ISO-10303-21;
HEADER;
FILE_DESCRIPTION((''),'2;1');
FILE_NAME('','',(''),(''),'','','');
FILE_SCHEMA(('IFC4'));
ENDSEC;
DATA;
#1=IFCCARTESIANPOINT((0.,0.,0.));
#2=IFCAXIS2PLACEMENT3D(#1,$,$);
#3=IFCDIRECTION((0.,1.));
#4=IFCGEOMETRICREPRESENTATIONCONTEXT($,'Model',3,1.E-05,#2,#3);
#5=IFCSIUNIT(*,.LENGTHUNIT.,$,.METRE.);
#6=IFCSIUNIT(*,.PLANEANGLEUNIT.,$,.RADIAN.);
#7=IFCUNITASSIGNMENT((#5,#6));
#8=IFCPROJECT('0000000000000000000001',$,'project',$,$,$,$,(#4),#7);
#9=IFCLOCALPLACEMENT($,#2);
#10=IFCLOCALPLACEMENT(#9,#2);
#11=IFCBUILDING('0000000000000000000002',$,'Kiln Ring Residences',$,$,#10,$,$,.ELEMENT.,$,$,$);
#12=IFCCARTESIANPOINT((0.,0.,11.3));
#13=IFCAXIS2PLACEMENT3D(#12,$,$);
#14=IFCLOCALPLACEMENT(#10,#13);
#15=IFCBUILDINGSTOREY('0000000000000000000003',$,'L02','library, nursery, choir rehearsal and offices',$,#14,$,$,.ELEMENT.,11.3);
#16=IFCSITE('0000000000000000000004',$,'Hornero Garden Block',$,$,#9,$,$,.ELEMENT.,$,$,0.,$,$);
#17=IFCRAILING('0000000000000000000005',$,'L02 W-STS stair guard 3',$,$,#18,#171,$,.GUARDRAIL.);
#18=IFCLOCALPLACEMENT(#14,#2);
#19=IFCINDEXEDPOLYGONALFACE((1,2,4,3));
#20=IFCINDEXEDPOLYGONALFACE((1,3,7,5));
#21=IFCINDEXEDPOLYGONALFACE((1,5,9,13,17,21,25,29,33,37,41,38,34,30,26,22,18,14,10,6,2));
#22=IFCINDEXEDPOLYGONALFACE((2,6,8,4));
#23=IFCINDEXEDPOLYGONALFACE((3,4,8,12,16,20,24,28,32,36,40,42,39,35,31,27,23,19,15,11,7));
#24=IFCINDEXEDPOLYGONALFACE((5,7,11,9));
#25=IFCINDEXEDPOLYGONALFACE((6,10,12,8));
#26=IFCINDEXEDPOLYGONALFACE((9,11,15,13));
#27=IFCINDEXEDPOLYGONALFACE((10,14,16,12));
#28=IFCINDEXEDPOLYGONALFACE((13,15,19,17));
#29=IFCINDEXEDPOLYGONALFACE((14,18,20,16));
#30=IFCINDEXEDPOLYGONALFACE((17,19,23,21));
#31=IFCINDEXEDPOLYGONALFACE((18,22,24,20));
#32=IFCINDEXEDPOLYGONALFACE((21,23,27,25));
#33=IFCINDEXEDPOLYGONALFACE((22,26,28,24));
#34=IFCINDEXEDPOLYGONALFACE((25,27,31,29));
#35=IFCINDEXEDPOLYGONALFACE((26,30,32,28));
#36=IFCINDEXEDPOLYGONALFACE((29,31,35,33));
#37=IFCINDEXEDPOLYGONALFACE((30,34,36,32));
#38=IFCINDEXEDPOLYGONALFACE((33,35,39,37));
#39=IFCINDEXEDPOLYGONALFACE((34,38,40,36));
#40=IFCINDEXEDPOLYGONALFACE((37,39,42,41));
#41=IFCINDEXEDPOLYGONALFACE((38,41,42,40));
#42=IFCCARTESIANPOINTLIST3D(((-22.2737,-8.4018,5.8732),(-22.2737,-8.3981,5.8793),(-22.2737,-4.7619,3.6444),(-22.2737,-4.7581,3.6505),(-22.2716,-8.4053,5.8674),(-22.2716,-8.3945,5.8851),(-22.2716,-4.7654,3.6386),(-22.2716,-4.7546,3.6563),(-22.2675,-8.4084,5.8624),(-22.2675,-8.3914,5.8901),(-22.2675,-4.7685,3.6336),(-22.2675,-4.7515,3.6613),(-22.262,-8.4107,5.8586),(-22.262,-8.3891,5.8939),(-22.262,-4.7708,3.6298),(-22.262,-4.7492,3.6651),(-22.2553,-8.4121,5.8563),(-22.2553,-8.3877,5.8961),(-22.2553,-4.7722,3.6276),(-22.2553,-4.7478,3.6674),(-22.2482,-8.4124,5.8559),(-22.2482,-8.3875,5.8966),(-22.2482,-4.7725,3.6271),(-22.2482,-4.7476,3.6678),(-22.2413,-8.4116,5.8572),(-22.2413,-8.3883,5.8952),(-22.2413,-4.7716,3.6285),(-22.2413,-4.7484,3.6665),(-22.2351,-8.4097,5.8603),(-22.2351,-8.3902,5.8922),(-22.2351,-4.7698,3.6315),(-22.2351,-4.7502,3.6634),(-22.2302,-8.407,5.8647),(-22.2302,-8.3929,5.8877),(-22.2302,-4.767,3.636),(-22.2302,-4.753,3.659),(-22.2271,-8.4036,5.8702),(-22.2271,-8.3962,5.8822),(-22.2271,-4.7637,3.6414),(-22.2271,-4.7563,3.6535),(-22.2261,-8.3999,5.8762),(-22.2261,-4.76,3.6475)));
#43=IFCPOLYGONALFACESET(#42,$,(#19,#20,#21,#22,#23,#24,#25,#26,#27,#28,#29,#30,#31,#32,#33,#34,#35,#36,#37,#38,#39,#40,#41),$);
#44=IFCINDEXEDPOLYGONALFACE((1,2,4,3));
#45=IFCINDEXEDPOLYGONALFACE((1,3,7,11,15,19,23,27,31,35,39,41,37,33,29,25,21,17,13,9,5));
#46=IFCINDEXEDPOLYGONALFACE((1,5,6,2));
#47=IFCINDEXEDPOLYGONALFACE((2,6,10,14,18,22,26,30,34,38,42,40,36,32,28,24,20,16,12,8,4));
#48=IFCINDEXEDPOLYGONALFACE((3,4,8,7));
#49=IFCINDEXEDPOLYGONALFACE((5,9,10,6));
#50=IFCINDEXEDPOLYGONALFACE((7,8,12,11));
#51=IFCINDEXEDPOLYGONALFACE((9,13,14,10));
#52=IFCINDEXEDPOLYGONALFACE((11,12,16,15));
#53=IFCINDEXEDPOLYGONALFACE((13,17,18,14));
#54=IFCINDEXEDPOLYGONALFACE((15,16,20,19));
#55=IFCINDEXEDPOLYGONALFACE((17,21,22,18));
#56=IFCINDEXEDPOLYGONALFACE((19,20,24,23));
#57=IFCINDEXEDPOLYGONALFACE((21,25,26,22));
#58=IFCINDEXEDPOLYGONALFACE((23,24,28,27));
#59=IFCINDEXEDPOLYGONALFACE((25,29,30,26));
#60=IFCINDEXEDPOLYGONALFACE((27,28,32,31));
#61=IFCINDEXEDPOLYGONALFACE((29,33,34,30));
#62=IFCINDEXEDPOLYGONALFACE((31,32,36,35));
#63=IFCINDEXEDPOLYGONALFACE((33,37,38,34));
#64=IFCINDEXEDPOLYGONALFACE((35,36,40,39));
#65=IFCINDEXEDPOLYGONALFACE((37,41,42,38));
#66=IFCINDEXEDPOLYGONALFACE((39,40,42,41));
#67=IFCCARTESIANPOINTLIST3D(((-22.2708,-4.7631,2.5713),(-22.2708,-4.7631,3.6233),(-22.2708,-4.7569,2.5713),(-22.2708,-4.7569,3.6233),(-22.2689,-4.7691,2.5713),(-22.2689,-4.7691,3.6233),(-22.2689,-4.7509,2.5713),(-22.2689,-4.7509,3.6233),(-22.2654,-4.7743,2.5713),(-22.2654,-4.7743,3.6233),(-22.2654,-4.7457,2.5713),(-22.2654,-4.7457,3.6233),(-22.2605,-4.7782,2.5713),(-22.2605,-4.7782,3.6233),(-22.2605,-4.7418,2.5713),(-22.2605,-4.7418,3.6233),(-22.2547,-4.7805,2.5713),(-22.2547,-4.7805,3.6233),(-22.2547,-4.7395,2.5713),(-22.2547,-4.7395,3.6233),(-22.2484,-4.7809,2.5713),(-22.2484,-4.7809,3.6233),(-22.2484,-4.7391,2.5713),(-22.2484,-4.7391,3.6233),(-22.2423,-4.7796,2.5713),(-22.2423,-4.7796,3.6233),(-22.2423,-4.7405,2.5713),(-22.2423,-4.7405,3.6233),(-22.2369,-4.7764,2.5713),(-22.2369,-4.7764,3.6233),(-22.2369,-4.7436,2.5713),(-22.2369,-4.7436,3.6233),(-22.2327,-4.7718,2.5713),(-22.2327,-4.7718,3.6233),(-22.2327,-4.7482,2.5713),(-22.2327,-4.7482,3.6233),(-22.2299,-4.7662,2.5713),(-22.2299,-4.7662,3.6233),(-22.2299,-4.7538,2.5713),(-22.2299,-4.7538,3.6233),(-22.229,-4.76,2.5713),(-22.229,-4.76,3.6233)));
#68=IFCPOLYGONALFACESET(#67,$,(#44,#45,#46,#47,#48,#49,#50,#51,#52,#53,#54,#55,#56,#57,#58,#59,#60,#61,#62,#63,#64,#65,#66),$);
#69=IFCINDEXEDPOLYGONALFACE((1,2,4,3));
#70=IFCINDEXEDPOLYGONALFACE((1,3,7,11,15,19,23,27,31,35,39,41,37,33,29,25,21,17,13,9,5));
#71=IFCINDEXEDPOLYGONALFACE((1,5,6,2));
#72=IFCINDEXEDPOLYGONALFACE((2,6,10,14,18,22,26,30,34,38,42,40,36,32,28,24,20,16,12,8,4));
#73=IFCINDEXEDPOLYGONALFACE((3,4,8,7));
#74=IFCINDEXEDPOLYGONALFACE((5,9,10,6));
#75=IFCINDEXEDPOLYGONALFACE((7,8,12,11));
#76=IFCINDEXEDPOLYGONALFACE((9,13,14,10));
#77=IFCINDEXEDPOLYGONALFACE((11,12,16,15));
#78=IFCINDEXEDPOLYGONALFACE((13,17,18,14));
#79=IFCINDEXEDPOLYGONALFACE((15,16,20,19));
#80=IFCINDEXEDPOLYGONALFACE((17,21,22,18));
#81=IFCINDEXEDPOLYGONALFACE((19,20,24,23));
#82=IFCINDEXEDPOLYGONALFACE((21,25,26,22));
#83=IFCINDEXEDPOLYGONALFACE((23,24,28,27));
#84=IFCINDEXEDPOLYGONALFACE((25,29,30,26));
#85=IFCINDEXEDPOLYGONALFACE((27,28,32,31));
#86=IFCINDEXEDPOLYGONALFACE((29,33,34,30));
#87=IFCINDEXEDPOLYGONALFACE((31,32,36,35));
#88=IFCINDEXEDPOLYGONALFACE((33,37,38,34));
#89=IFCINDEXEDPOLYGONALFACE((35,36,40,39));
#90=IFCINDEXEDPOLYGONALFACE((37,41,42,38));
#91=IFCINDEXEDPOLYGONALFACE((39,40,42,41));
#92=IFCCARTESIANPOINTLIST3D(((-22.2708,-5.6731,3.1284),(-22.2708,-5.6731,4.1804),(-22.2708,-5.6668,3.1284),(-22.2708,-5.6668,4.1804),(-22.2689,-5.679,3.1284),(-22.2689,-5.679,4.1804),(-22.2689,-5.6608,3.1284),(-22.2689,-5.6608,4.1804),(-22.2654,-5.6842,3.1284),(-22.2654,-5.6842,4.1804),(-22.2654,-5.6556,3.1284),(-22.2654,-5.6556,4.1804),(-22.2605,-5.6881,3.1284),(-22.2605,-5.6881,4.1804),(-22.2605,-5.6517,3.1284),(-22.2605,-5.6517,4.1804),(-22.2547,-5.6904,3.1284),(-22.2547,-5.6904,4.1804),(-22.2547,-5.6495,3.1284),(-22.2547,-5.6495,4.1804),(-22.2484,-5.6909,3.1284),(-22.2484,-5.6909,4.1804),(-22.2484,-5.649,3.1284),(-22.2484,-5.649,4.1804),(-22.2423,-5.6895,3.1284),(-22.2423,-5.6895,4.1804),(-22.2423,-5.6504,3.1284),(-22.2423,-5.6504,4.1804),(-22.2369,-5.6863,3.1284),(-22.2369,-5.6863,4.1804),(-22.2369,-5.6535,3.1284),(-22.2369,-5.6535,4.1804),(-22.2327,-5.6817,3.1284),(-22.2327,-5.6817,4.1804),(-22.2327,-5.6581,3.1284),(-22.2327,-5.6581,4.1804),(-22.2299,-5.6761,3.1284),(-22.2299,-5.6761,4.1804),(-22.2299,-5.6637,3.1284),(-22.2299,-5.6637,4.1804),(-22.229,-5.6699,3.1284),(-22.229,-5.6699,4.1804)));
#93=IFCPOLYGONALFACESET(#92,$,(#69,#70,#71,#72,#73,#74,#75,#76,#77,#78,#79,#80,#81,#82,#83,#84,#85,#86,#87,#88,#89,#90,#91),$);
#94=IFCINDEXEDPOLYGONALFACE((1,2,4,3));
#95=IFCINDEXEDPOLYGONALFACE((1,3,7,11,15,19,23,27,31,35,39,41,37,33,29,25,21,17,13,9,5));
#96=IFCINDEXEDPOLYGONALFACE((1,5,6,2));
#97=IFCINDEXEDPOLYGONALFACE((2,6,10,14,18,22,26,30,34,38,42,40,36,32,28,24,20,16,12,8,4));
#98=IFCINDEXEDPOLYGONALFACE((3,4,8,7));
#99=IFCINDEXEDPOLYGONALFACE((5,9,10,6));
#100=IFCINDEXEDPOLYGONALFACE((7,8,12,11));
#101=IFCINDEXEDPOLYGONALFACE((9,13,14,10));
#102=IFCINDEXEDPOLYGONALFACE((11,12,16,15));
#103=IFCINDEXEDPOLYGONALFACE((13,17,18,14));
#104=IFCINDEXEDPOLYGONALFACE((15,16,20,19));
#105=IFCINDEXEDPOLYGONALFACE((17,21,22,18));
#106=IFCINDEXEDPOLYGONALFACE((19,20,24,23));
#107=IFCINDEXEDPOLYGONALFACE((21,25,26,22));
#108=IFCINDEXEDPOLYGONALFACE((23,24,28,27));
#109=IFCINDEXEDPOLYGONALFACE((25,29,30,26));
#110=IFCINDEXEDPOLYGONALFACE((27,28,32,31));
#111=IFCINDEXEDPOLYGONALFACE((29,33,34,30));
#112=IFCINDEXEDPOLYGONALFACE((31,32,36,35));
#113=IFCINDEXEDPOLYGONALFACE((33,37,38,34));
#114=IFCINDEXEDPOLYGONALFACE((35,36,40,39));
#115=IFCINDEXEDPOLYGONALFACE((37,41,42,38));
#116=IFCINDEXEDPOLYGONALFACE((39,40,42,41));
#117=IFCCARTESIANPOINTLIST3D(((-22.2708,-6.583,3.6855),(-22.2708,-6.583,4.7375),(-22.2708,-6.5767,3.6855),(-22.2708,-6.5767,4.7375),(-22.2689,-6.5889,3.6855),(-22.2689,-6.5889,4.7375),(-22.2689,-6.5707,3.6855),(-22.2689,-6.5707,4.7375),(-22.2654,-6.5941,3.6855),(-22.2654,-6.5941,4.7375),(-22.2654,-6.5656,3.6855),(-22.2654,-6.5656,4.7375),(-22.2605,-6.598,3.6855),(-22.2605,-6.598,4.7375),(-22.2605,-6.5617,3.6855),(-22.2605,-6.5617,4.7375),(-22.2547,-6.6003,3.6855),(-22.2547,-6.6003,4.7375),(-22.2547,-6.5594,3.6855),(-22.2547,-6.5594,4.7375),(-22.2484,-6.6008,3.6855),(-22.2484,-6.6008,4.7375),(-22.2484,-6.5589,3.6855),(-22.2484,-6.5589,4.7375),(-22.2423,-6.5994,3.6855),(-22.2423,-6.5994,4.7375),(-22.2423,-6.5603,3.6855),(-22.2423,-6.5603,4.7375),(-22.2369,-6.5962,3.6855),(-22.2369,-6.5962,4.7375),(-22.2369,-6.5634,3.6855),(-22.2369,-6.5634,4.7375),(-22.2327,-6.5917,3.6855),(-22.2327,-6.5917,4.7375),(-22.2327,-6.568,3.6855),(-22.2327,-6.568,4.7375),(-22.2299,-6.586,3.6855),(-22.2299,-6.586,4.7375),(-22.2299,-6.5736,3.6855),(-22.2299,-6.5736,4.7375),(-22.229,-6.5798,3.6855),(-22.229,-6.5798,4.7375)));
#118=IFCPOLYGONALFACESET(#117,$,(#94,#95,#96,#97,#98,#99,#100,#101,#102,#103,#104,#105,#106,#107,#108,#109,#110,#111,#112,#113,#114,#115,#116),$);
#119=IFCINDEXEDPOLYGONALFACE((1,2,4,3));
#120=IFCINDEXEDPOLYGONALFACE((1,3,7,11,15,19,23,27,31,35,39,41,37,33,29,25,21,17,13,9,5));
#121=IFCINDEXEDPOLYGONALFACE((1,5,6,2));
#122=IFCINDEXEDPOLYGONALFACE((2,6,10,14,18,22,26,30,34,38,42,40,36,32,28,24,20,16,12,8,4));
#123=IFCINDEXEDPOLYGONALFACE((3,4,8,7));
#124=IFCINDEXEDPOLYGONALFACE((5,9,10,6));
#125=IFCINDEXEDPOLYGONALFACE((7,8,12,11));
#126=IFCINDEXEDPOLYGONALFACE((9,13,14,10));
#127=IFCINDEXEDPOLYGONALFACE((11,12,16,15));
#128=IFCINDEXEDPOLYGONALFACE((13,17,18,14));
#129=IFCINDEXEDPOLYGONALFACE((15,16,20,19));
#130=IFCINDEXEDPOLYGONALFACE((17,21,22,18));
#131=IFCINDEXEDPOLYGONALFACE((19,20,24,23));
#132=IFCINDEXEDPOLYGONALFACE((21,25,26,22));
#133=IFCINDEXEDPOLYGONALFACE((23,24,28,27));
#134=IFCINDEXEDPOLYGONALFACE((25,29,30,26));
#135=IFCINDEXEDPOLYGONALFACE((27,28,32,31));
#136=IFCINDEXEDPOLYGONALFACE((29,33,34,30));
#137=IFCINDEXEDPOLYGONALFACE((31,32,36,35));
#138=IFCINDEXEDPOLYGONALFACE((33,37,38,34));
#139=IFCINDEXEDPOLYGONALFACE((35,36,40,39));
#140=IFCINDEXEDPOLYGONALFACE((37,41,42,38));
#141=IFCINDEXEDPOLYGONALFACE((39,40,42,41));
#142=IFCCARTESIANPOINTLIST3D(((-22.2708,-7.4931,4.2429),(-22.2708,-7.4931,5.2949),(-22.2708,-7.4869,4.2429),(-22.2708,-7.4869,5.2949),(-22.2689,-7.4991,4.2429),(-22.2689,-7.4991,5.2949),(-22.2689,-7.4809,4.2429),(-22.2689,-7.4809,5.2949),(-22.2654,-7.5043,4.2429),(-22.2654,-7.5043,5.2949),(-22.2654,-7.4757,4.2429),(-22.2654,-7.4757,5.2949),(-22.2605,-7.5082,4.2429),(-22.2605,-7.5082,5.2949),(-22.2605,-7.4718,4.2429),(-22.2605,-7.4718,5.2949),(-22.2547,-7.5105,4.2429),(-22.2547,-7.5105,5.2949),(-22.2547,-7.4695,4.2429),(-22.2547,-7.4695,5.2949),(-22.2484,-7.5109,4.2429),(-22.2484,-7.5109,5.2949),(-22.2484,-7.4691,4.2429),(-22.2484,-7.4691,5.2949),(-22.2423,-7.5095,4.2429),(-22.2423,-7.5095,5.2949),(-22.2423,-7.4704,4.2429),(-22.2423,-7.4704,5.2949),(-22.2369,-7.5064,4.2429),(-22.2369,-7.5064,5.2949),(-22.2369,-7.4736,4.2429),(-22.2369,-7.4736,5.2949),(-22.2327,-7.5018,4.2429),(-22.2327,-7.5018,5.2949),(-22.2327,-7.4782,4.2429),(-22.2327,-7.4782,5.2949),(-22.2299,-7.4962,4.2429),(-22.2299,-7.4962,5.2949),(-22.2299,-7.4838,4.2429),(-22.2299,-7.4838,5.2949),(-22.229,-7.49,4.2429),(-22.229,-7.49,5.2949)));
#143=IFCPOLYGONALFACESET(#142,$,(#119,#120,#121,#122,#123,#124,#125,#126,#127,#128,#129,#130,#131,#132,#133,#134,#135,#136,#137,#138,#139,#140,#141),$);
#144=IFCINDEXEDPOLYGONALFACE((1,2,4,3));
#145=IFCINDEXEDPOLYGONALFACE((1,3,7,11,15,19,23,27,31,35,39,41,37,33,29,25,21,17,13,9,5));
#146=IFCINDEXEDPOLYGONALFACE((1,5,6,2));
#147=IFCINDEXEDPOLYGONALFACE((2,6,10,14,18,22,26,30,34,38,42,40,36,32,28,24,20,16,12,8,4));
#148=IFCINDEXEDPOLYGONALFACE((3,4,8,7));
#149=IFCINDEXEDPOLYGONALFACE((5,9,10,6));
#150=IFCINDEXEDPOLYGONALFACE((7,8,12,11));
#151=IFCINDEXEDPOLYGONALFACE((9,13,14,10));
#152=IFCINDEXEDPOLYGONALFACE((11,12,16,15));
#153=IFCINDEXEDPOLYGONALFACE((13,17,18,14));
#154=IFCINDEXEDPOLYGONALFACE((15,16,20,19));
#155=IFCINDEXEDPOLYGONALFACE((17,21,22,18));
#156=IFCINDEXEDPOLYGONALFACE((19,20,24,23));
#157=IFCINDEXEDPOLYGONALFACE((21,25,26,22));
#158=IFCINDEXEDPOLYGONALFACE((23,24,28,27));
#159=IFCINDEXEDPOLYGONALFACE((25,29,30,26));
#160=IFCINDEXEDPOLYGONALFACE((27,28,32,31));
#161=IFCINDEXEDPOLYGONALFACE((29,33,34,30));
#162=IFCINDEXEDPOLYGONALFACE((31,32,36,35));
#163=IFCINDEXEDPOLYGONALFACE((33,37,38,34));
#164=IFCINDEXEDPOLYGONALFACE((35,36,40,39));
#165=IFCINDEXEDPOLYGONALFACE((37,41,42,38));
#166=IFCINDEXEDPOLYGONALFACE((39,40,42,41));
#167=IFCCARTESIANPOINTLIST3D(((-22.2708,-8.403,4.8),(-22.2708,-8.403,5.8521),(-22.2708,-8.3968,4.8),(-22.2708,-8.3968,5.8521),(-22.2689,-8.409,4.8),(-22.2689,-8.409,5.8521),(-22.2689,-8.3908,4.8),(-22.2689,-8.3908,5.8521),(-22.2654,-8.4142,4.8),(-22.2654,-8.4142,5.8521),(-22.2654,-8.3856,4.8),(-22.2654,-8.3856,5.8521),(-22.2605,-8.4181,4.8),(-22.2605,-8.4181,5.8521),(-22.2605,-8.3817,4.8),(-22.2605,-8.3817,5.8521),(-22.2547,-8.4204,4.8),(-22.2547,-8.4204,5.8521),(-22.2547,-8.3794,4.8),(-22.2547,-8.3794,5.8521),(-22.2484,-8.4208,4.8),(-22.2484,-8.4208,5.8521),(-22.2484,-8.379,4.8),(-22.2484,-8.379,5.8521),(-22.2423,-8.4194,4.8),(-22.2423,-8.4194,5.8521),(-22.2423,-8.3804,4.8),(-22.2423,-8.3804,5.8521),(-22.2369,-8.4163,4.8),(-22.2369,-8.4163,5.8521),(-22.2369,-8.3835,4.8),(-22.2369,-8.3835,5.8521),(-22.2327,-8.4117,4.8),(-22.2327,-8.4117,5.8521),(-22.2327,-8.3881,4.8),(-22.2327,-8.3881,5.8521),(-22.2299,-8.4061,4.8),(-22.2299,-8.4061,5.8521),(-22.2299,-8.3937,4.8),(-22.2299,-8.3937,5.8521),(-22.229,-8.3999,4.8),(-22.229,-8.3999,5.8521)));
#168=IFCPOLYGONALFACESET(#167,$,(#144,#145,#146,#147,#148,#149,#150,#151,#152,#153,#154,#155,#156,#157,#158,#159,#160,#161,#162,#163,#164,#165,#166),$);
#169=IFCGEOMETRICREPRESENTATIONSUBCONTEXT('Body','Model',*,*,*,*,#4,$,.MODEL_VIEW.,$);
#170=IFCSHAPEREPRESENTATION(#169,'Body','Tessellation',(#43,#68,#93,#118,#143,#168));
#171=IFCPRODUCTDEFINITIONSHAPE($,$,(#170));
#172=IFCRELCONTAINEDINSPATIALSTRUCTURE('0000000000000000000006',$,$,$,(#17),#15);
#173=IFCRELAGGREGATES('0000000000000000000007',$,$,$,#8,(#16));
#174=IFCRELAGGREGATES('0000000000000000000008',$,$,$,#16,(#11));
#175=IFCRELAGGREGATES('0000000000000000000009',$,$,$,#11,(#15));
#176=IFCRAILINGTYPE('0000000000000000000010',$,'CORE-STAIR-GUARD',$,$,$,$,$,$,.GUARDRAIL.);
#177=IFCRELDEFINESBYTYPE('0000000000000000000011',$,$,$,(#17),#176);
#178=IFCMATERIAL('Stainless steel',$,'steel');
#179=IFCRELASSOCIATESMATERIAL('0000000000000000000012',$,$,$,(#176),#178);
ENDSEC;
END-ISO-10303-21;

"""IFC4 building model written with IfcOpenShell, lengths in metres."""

from ifc_helpers import new_model, si_unit, direction, frame, origin, origin_2d, place, context, subcontext, project, spatial, circle, extrude, material, type_object, element, save


model = new_model("IFC4")

# Units and contexts
model_context = context("Model", 3, precision=1e-05, world=origin(), true_north=direction((0.0, 1.0)))
body_context = subcontext(model_context, "Body", "Model", "MODEL_VIEW")
ifc_project = project(units=[si_unit("LENGTHUNIT", "METRE"), si_unit("PLANEANGLEUNIT", "RADIAN")], contexts=[model_context])

# Site, building, storey
site_placement = place(None, origin())
site = spatial("IfcSite", under=ifc_project, at=site_placement, Name="Hornero Garden Block", CompositionType="ELEMENT", RefElevation=0.0)
building_placement = place(site_placement, origin())
building = spatial("IfcBuilding", under=site, at=building_placement, Name="Kiln Ring Residences", CompositionType="ELEMENT")
storey_placement = place(building_placement, frame((0.0, 0.0, 11.3)))
storey = spatial("IfcBuildingStorey", under=building, at=storey_placement, Name="L02", Description="library, nursery, choir rehearsal and offices", CompositionType="ELEMENT", Elevation=11.3)

# Railing
ifc_material_1 = material(Name="Stainless steel", Category="steel")
railing_type_1 = type_object("IfcRailingType", Name="CORE-STAIR-GUARD", PredefinedType="GUARDRAIL", material=ifc_material_1)
railing_1_placement = place(storey_placement, frame((-22.25, -4.76, 2.5713)))
element("IfcRailing", 1, at=railing_1_placement, inside=storey, type_object=railing_type_1, Name="L02 W-STS stair guard 3", PredefinedType="GUARDRAIL", context=body_context, shape_type="SweptSolid", body=[
    extrude(circle(Radius=0.0239, at=origin_2d()), frame((0.0, 0.0, 1.0762), z_axis=(0.0, -0.852825, 0.522197), x_axis=(1.0, 0.0, 0.0)), (0.0, 0.0, 1.0), 4.2681),
    extrude(circle(Radius=0.021, at=origin_2d()), origin(), (0.0, 0.0, 1.0), 1.052),
    extrude(circle(Radius=0.021, at=origin_2d()), frame((0.0, -0.9099, 0.5571)), (0.0, 0.0, 1.0), 1.052),
    extrude(circle(Radius=0.021, at=origin_2d()), frame((0.0, -1.8198, 1.1143)), (0.0, 0.0, 1.0), 1.052),
    extrude(circle(Radius=0.021, at=origin_2d()), frame((0.0, -2.73, 1.6716)), (0.0, 0.0, 1.0), 1.052),
    extrude(circle(Radius=0.021, at=origin_2d()), frame((0.0, -3.6399, 2.2288)), (0.0, 0.0, 1.0), 1.052),
])

save(model, "model.ifc")
